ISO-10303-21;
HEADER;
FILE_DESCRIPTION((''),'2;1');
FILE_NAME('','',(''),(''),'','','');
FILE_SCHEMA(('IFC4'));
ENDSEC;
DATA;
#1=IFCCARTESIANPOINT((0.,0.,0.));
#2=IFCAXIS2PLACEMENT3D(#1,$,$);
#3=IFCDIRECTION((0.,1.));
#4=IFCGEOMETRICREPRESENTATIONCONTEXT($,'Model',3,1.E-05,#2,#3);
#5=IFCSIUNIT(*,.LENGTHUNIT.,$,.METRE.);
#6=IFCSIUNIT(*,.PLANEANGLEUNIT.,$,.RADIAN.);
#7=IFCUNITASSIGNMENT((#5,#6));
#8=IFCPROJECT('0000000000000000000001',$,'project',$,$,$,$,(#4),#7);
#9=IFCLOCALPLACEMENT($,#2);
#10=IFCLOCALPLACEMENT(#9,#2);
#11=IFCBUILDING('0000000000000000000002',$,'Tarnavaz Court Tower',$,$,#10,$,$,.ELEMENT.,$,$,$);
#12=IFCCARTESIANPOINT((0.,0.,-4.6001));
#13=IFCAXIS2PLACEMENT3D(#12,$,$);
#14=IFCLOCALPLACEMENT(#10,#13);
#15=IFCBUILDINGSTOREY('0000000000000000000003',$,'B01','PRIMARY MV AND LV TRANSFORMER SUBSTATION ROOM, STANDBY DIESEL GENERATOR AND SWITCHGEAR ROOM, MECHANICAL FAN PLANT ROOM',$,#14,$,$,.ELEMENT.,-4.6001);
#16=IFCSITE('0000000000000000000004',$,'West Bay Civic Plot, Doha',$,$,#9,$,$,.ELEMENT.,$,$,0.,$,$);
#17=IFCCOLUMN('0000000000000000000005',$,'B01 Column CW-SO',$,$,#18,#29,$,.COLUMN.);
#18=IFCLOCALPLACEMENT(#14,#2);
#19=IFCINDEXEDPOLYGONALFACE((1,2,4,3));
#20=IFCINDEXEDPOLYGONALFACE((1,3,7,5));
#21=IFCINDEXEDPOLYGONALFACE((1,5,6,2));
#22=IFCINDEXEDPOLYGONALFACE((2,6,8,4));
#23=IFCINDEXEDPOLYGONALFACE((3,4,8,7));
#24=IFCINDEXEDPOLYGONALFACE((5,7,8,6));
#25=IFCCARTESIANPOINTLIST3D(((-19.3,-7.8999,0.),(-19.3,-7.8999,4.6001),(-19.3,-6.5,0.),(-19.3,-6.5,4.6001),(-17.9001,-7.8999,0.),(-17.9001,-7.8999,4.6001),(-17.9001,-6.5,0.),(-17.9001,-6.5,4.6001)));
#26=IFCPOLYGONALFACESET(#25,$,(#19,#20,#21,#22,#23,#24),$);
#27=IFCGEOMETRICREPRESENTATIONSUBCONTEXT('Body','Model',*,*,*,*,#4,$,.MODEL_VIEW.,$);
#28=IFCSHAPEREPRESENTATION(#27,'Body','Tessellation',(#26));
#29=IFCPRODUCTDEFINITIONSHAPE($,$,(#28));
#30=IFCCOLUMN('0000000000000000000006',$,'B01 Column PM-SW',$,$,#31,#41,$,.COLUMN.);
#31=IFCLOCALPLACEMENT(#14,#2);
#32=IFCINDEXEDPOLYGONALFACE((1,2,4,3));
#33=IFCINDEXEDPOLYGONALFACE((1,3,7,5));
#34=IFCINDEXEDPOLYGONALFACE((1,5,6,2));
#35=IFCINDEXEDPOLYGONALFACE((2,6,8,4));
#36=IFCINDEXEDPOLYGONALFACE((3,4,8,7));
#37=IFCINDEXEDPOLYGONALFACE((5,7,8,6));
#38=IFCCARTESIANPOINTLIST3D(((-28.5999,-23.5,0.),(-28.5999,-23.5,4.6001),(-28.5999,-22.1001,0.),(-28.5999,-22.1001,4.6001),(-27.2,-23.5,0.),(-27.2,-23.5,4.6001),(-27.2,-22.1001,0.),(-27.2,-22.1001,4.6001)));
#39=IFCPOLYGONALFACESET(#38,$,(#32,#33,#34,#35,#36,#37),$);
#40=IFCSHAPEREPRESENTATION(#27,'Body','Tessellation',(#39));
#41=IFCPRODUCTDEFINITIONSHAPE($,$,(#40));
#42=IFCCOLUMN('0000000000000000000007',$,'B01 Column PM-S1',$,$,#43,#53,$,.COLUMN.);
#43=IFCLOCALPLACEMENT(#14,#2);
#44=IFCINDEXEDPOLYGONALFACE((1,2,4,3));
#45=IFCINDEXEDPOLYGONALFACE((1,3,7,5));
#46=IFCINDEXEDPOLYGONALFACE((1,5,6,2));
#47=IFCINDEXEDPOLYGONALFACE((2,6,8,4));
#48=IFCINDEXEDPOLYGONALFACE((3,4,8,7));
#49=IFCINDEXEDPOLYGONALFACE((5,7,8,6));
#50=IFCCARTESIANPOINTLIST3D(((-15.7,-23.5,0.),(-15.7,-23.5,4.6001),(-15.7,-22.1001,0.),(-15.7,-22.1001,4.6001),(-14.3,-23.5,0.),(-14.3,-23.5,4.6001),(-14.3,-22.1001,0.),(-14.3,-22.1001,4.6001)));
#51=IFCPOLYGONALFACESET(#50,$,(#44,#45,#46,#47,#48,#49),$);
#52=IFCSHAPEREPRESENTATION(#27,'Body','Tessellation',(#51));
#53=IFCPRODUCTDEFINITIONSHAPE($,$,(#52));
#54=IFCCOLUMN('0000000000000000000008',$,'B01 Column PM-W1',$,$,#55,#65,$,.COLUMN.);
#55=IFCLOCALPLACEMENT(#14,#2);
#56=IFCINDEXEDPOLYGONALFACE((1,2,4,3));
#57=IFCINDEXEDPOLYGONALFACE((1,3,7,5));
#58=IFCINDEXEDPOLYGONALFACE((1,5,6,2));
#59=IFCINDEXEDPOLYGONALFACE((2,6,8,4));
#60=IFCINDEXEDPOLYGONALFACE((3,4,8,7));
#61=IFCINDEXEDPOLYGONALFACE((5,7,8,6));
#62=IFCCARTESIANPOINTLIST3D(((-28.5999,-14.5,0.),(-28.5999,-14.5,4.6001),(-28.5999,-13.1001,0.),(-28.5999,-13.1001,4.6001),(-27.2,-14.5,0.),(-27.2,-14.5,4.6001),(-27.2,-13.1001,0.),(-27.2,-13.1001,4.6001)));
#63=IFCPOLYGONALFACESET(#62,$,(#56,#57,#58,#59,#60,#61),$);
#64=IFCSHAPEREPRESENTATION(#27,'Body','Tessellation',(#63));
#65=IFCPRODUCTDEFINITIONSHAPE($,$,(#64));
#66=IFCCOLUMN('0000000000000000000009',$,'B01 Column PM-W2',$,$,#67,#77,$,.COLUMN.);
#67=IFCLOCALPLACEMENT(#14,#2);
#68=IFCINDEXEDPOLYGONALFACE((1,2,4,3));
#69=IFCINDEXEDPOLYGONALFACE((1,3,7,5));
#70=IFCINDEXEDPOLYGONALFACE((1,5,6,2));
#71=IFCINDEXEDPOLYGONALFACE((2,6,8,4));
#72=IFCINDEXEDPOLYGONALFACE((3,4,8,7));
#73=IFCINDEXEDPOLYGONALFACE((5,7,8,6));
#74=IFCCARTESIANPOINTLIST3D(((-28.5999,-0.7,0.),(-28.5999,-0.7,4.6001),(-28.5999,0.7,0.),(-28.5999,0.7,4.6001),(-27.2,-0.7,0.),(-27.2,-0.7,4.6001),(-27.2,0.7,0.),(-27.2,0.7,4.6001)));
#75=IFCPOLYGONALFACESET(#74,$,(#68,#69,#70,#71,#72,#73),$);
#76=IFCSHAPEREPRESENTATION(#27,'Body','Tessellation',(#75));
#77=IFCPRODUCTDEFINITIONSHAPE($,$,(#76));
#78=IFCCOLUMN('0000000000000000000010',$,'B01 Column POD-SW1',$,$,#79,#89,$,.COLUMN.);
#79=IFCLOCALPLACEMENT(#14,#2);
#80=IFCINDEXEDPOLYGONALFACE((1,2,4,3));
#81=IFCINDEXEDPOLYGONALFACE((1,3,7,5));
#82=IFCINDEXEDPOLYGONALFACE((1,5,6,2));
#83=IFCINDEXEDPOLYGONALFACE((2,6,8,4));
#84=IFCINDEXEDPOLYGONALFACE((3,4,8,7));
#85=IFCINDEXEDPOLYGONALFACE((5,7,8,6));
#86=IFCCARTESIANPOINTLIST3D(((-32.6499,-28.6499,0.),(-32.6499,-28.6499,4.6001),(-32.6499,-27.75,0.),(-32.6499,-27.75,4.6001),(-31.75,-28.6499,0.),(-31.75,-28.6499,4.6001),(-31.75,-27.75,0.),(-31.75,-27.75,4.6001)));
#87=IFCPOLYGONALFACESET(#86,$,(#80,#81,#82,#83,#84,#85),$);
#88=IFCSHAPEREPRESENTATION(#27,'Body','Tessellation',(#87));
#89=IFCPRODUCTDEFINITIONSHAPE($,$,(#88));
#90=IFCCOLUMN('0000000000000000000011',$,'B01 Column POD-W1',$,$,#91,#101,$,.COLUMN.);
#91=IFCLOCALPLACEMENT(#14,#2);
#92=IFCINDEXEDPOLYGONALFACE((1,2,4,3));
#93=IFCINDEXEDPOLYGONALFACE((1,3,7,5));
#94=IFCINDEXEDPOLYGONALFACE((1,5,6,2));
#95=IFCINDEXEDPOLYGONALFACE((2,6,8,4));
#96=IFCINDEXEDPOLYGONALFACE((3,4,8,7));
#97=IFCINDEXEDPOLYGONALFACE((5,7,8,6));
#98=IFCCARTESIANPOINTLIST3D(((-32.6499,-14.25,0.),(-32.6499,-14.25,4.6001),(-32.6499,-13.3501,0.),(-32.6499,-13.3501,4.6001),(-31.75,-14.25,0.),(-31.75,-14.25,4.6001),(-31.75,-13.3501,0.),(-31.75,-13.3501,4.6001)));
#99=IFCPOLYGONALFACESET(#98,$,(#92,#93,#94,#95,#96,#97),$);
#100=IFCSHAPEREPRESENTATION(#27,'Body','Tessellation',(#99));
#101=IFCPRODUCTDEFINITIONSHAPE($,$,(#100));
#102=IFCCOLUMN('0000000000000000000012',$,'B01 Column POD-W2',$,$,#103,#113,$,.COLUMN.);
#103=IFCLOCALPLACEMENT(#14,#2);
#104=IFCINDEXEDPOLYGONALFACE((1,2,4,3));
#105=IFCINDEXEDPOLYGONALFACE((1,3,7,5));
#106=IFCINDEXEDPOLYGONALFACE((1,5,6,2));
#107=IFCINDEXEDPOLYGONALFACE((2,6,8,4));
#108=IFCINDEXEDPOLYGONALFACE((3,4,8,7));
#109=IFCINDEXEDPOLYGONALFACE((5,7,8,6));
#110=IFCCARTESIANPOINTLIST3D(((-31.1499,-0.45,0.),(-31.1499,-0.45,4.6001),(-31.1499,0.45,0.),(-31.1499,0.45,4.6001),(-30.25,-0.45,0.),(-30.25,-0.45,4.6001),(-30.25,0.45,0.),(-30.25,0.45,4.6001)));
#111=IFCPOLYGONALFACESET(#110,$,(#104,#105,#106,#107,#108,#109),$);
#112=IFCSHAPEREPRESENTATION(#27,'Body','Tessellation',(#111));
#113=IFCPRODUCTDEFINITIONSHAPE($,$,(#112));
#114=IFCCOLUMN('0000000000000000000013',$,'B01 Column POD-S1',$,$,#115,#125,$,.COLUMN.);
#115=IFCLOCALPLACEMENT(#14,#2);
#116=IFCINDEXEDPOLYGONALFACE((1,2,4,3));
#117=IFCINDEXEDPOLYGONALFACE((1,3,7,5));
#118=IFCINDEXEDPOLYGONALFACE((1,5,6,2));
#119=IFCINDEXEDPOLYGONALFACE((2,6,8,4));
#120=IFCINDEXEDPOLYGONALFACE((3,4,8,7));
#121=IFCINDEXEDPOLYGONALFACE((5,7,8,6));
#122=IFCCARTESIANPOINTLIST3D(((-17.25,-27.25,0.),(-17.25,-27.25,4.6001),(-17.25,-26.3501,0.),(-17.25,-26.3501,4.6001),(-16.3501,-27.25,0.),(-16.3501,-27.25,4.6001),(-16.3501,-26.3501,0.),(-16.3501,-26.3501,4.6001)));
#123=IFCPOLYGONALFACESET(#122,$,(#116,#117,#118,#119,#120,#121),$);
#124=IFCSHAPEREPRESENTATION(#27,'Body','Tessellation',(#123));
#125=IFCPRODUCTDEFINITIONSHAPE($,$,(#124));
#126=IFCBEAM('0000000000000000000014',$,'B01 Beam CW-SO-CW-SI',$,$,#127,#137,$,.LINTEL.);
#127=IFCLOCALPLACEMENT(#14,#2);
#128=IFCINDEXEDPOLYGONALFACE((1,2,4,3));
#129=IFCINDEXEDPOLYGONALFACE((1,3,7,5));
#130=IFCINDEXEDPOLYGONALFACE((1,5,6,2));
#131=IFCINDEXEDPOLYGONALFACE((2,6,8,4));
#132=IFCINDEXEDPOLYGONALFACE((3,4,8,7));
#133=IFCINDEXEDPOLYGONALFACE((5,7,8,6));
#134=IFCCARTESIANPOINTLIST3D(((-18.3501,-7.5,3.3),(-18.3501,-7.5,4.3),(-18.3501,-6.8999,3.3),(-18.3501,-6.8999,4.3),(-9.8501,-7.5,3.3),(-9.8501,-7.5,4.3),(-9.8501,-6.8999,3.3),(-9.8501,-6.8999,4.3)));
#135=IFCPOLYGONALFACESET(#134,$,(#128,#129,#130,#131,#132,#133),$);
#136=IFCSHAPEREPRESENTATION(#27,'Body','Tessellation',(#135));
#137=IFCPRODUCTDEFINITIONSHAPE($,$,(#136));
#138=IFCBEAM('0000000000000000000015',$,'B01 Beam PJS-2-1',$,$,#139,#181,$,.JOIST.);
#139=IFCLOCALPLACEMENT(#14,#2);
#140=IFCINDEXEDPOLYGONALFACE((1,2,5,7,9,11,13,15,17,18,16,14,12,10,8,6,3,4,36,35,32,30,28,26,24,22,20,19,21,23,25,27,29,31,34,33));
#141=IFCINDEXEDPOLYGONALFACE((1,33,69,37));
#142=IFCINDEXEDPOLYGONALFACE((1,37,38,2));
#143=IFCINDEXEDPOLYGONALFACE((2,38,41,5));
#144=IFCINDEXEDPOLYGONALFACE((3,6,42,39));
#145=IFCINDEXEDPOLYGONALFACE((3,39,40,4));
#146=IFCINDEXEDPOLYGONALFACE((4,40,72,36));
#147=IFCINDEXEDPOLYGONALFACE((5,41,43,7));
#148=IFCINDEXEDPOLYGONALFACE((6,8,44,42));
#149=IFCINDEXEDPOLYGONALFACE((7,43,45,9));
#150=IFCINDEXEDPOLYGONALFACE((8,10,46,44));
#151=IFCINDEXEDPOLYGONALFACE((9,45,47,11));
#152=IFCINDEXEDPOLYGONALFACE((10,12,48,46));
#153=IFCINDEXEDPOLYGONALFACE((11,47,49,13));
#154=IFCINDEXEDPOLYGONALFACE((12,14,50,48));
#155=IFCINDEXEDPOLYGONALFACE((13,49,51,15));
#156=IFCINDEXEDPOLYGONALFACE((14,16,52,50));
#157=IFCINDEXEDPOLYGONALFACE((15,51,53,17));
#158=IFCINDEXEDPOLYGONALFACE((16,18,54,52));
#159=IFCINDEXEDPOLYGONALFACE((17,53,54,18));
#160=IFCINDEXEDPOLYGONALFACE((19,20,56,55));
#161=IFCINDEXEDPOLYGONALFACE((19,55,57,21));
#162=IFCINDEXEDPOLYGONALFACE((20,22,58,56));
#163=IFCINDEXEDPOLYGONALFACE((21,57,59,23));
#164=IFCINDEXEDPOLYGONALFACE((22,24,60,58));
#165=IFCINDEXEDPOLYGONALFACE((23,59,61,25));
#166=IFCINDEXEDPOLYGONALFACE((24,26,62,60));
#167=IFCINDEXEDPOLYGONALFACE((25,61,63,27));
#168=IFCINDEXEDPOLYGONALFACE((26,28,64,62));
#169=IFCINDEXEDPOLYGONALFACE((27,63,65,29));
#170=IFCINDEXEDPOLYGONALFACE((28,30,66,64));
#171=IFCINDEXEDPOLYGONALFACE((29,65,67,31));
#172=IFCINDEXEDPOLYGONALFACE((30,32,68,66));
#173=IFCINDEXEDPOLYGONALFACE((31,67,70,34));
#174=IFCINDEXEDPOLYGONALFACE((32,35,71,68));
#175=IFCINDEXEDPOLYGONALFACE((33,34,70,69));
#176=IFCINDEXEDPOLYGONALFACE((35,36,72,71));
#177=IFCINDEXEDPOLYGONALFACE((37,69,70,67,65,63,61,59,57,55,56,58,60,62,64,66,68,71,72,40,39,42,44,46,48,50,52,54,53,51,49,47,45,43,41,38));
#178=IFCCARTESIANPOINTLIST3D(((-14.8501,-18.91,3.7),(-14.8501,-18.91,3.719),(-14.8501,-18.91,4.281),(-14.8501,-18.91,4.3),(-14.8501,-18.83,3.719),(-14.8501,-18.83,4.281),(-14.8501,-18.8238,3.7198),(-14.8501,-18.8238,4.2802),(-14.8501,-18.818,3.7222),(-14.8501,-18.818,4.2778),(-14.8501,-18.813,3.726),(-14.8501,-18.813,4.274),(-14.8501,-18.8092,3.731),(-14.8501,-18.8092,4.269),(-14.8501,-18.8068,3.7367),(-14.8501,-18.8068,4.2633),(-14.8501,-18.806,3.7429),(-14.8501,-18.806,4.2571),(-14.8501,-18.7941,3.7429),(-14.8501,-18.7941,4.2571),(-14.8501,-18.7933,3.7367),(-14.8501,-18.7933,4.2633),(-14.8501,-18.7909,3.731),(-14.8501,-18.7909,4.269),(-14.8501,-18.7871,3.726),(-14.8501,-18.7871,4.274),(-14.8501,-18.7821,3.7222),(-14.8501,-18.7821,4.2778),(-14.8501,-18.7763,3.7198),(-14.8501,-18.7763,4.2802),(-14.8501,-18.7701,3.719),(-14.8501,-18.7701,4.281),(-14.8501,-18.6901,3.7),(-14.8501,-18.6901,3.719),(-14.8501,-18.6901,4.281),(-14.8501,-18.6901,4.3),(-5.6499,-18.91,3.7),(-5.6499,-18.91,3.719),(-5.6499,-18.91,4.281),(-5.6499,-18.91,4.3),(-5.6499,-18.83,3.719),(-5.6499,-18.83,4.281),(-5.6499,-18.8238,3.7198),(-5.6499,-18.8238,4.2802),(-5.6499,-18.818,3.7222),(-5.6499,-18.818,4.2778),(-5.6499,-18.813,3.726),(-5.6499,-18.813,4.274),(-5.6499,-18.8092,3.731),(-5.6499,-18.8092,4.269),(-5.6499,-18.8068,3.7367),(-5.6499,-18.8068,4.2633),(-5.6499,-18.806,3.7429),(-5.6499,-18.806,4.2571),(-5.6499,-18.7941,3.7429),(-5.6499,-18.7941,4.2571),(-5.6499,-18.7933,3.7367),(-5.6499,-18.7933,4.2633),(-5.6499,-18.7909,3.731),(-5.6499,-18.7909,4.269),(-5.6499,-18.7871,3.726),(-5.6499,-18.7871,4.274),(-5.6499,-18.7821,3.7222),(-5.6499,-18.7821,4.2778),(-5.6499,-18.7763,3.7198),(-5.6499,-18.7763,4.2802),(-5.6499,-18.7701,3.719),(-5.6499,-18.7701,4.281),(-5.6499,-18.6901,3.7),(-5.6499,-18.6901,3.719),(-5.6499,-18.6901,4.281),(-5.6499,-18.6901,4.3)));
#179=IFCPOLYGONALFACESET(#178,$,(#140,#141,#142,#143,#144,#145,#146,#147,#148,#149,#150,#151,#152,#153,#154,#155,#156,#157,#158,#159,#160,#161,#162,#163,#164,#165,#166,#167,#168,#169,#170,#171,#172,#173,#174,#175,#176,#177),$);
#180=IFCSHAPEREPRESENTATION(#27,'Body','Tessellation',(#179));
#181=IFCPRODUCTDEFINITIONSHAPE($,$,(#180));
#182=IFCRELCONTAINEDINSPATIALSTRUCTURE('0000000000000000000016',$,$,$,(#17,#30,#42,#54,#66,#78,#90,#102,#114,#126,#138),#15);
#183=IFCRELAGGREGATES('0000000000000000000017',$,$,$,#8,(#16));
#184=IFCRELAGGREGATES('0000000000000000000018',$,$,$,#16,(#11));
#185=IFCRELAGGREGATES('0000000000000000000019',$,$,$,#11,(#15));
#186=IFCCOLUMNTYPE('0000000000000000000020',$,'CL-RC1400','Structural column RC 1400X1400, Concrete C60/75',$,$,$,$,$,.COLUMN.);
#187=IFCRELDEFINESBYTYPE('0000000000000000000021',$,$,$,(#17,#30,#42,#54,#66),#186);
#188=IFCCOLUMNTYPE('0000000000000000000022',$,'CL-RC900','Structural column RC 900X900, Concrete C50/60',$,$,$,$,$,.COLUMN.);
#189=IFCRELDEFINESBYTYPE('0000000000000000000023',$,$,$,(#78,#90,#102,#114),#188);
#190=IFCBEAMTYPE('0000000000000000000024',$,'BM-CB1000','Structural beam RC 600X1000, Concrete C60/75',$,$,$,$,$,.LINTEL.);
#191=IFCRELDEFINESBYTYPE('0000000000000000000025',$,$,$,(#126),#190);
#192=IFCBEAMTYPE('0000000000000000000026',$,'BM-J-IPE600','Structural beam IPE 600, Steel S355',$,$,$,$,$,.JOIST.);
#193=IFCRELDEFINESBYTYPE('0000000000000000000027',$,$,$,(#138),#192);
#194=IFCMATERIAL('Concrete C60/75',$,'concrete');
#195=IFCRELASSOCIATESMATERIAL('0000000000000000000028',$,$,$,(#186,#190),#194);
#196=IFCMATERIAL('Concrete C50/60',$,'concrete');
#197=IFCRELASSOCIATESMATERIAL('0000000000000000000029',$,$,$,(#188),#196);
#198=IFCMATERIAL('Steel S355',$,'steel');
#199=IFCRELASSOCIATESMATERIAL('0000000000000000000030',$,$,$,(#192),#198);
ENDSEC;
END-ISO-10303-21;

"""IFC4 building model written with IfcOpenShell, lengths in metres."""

from ifc_helpers import new_model, si_unit, direction, frame, origin, origin_2d, place, context, subcontext, project, spatial, rectangle, i_section, extrude, material, material_profile, profile_set, type_object, element, save


model = new_model("IFC4")

# Units and contexts
model_context = context("Model", 3, precision=1e-05, world=origin(), true_north=direction((0.0, 1.0)))
body_context = subcontext(model_context, "Body", "Model", "MODEL_VIEW")
ifc_project = project(units=[si_unit("LENGTHUNIT", "METRE"), si_unit("PLANEANGLEUNIT", "RADIAN")], contexts=[model_context])

# Site, building, storey
site_placement = place(None, origin())
site = spatial("IfcSite", under=ifc_project, at=site_placement, Name="West Bay Civic Plot, Doha", CompositionType="ELEMENT", RefElevation=0.0)
building_placement = place(site_placement, origin())
building = spatial("IfcBuilding", under=site, at=building_placement, Name="Tarnavaz Court Tower", CompositionType="ELEMENT")
storey_placement = place(building_placement, frame((0.0, 0.0, -4.6001)))
storey = spatial("IfcBuildingStorey", under=building, at=storey_placement, Name="B01", Description="PRIMARY MV AND LV TRANSFORMER SUBSTATION ROOM, STANDBY DIESEL GENERATOR AND SWITCHGEAR ROOM, MECHANICAL FAN PLANT ROOM", CompositionType="ELEMENT", Elevation=-4.6001)

# Columns
ifc_material_1 = material(Name="Concrete C60/75", Category="concrete")
ifc_material_profile_1 = material_profile(ifc_material_1, rectangle(XDim=1.3999, YDim=1.3999, at=origin_2d()), Name="RC 1400X1400")
ifc_profile_set_1 = profile_set([ifc_material_profile_1], Name="Concrete C60/75")
column_type_1 = type_object("IfcColumnType", Name="CL-RC1400", Description="Structural column RC 1400X1400, Concrete C60/75", PredefinedType="COLUMN", material=ifc_profile_set_1)
for number, where, z_axis, x_axis, name in (
    (1, (-18.6001, -7.2, 0.0), (0.0, 0.0, 1.0), (1.0, 0.0, 0.0), "B01 Column CW-SO"),
    (2, (-27.8999, -22.8, 0.0), (0.0, 0.0, 1.0), (1.0, 0.0, 0.0), "B01 Column PM-SW"),
    (3, (-15.0, -22.8, 0.0), (0.0, 0.0, 1.0), (1.0, 0.0, 0.0), "B01 Column PM-S1"),
    (4, (-27.8999, -13.8, 0.0), (0.0, 0.0, 1.0), (1.0, 0.0, 0.0), "B01 Column PM-W1"),
    (5, (-27.8999, 0.0, 0.0), (0.0, 0.0, 1.0), (1.0, 0.0, 0.0), "B01 Column PM-W2"),
):
    element("IfcColumn", number, at=place(storey_placement, frame(where, z_axis=z_axis, x_axis=x_axis)), inside=storey, type_object=column_type_1, Name=name, PredefinedType="COLUMN", context=body_context, shape_type="SweptSolid", body=[
        extrude(rectangle(XDim=1.3999, YDim=1.3999, at=origin_2d()), origin(), (0.0, 0.0, 1.0), 4.6001),
    ])
ifc_material_2 = material(Name="Concrete C50/60", Category="concrete")
ifc_material_profile_2 = material_profile(ifc_material_2, rectangle(XDim=0.8999, YDim=0.8999, at=origin_2d()), Name="RC 900X900")
ifc_profile_set_2 = profile_set([ifc_material_profile_2], Name="Concrete C50/60")
column_type_2 = type_object("IfcColumnType", Name="CL-RC900", Description="Structural column RC 900X900, Concrete C50/60", PredefinedType="COLUMN", material=ifc_profile_set_2)
for number, where, z_axis, x_axis, name in (
    (6, (-32.2, -28.2, 0.0), (0.0, 0.0, 1.0), (1.0, 0.0, 0.0), "B01 Column POD-SW1"),
    (7, (-32.2, -13.8, 0.0), (0.0, 0.0, 1.0), (1.0, 0.0, 0.0), "B01 Column POD-W1"),
    (8, (-30.7, 0.0, 0.0), (0.0, 0.0, 1.0), (1.0, 0.0, 0.0), "B01 Column POD-W2"),
    (9, (-16.8, -26.8, 0.0), (0.0, 0.0, 1.0), (1.0, 0.0, 0.0), "B01 Column POD-S1"),
):
    element("IfcColumn", number, at=place(storey_placement, frame(where, z_axis=z_axis, x_axis=x_axis)), inside=storey, type_object=column_type_2, Name=name, PredefinedType="COLUMN", context=body_context, shape_type="SweptSolid", body=[
        extrude(rectangle(XDim=0.8999, YDim=0.8999, at=origin_2d()), origin(), (0.0, 0.0, 1.0), 4.6001),
    ])

# Beams
ifc_material_profile_3 = material_profile(ifc_material_1, rectangle(XDim=0.6001, YDim=1.0, at=origin_2d()), Name="RC 600X1000")
ifc_profile_set_3 = profile_set([ifc_material_profile_3], Name="Concrete C60/75")
beam_type_1 = type_object("IfcBeamType", Name="BM-CB1000", Description="Structural beam RC 600X1000, Concrete C60/75", PredefinedType="LINTEL", material=ifc_profile_set_3)
beam_1_placement = place(storey_placement, frame((-18.3501, -7.2, 3.8), z_axis=(1.0, 0.0, 0.0), x_axis=(0.0, 1.0, 0.0)))
element("IfcBeam", 10, at=beam_1_placement, inside=storey, type_object=beam_type_1, Name="B01 Beam CW-SO-CW-SI", PredefinedType="LINTEL", context=body_context, shape_type="SweptSolid", body=[
    extrude(rectangle(XDim=0.6001, YDim=1.0, at=origin_2d()), origin(), (0.0, 0.0, 1.0), 8.5),
])
ifc_material_3 = material(Name="Steel S355", Category="steel")
ifc_material_profile_4 = material_profile(ifc_material_3, i_section(OverallWidth=0.22, OverallDepth=0.6001, WebThickness=0.012, FlangeThickness=0.019, FilletRadius=0.0239, at=origin_2d()), Name="IPE 600")
ifc_profile_set_4 = profile_set([ifc_material_profile_4], Name="Steel S355")
beam_type_2 = type_object("IfcBeamType", Name="BM-J-IPE600", Description="Structural beam IPE 600, Steel S355", PredefinedType="JOIST", material=ifc_profile_set_4)
beam_2_placement = place(storey_placement, frame((-14.8501, -18.8, 4.0), z_axis=(1.0, 0.0, 0.0), x_axis=(0.0, 1.0, 0.0)))
element("IfcBeam", 11, at=beam_2_placement, inside=storey, type_object=beam_type_2, Name="B01 Beam PJS-2-1", PredefinedType="JOIST", context=body_context, shape_type="SweptSolid", body=[
    extrude(i_section(OverallWidth=0.22, OverallDepth=0.6001, WebThickness=0.012, FlangeThickness=0.019, FilletRadius=0.0239, at=origin_2d()), origin(), (0.0, 0.0, 1.0), 9.2002),
])

save(model, "model.ifc")
